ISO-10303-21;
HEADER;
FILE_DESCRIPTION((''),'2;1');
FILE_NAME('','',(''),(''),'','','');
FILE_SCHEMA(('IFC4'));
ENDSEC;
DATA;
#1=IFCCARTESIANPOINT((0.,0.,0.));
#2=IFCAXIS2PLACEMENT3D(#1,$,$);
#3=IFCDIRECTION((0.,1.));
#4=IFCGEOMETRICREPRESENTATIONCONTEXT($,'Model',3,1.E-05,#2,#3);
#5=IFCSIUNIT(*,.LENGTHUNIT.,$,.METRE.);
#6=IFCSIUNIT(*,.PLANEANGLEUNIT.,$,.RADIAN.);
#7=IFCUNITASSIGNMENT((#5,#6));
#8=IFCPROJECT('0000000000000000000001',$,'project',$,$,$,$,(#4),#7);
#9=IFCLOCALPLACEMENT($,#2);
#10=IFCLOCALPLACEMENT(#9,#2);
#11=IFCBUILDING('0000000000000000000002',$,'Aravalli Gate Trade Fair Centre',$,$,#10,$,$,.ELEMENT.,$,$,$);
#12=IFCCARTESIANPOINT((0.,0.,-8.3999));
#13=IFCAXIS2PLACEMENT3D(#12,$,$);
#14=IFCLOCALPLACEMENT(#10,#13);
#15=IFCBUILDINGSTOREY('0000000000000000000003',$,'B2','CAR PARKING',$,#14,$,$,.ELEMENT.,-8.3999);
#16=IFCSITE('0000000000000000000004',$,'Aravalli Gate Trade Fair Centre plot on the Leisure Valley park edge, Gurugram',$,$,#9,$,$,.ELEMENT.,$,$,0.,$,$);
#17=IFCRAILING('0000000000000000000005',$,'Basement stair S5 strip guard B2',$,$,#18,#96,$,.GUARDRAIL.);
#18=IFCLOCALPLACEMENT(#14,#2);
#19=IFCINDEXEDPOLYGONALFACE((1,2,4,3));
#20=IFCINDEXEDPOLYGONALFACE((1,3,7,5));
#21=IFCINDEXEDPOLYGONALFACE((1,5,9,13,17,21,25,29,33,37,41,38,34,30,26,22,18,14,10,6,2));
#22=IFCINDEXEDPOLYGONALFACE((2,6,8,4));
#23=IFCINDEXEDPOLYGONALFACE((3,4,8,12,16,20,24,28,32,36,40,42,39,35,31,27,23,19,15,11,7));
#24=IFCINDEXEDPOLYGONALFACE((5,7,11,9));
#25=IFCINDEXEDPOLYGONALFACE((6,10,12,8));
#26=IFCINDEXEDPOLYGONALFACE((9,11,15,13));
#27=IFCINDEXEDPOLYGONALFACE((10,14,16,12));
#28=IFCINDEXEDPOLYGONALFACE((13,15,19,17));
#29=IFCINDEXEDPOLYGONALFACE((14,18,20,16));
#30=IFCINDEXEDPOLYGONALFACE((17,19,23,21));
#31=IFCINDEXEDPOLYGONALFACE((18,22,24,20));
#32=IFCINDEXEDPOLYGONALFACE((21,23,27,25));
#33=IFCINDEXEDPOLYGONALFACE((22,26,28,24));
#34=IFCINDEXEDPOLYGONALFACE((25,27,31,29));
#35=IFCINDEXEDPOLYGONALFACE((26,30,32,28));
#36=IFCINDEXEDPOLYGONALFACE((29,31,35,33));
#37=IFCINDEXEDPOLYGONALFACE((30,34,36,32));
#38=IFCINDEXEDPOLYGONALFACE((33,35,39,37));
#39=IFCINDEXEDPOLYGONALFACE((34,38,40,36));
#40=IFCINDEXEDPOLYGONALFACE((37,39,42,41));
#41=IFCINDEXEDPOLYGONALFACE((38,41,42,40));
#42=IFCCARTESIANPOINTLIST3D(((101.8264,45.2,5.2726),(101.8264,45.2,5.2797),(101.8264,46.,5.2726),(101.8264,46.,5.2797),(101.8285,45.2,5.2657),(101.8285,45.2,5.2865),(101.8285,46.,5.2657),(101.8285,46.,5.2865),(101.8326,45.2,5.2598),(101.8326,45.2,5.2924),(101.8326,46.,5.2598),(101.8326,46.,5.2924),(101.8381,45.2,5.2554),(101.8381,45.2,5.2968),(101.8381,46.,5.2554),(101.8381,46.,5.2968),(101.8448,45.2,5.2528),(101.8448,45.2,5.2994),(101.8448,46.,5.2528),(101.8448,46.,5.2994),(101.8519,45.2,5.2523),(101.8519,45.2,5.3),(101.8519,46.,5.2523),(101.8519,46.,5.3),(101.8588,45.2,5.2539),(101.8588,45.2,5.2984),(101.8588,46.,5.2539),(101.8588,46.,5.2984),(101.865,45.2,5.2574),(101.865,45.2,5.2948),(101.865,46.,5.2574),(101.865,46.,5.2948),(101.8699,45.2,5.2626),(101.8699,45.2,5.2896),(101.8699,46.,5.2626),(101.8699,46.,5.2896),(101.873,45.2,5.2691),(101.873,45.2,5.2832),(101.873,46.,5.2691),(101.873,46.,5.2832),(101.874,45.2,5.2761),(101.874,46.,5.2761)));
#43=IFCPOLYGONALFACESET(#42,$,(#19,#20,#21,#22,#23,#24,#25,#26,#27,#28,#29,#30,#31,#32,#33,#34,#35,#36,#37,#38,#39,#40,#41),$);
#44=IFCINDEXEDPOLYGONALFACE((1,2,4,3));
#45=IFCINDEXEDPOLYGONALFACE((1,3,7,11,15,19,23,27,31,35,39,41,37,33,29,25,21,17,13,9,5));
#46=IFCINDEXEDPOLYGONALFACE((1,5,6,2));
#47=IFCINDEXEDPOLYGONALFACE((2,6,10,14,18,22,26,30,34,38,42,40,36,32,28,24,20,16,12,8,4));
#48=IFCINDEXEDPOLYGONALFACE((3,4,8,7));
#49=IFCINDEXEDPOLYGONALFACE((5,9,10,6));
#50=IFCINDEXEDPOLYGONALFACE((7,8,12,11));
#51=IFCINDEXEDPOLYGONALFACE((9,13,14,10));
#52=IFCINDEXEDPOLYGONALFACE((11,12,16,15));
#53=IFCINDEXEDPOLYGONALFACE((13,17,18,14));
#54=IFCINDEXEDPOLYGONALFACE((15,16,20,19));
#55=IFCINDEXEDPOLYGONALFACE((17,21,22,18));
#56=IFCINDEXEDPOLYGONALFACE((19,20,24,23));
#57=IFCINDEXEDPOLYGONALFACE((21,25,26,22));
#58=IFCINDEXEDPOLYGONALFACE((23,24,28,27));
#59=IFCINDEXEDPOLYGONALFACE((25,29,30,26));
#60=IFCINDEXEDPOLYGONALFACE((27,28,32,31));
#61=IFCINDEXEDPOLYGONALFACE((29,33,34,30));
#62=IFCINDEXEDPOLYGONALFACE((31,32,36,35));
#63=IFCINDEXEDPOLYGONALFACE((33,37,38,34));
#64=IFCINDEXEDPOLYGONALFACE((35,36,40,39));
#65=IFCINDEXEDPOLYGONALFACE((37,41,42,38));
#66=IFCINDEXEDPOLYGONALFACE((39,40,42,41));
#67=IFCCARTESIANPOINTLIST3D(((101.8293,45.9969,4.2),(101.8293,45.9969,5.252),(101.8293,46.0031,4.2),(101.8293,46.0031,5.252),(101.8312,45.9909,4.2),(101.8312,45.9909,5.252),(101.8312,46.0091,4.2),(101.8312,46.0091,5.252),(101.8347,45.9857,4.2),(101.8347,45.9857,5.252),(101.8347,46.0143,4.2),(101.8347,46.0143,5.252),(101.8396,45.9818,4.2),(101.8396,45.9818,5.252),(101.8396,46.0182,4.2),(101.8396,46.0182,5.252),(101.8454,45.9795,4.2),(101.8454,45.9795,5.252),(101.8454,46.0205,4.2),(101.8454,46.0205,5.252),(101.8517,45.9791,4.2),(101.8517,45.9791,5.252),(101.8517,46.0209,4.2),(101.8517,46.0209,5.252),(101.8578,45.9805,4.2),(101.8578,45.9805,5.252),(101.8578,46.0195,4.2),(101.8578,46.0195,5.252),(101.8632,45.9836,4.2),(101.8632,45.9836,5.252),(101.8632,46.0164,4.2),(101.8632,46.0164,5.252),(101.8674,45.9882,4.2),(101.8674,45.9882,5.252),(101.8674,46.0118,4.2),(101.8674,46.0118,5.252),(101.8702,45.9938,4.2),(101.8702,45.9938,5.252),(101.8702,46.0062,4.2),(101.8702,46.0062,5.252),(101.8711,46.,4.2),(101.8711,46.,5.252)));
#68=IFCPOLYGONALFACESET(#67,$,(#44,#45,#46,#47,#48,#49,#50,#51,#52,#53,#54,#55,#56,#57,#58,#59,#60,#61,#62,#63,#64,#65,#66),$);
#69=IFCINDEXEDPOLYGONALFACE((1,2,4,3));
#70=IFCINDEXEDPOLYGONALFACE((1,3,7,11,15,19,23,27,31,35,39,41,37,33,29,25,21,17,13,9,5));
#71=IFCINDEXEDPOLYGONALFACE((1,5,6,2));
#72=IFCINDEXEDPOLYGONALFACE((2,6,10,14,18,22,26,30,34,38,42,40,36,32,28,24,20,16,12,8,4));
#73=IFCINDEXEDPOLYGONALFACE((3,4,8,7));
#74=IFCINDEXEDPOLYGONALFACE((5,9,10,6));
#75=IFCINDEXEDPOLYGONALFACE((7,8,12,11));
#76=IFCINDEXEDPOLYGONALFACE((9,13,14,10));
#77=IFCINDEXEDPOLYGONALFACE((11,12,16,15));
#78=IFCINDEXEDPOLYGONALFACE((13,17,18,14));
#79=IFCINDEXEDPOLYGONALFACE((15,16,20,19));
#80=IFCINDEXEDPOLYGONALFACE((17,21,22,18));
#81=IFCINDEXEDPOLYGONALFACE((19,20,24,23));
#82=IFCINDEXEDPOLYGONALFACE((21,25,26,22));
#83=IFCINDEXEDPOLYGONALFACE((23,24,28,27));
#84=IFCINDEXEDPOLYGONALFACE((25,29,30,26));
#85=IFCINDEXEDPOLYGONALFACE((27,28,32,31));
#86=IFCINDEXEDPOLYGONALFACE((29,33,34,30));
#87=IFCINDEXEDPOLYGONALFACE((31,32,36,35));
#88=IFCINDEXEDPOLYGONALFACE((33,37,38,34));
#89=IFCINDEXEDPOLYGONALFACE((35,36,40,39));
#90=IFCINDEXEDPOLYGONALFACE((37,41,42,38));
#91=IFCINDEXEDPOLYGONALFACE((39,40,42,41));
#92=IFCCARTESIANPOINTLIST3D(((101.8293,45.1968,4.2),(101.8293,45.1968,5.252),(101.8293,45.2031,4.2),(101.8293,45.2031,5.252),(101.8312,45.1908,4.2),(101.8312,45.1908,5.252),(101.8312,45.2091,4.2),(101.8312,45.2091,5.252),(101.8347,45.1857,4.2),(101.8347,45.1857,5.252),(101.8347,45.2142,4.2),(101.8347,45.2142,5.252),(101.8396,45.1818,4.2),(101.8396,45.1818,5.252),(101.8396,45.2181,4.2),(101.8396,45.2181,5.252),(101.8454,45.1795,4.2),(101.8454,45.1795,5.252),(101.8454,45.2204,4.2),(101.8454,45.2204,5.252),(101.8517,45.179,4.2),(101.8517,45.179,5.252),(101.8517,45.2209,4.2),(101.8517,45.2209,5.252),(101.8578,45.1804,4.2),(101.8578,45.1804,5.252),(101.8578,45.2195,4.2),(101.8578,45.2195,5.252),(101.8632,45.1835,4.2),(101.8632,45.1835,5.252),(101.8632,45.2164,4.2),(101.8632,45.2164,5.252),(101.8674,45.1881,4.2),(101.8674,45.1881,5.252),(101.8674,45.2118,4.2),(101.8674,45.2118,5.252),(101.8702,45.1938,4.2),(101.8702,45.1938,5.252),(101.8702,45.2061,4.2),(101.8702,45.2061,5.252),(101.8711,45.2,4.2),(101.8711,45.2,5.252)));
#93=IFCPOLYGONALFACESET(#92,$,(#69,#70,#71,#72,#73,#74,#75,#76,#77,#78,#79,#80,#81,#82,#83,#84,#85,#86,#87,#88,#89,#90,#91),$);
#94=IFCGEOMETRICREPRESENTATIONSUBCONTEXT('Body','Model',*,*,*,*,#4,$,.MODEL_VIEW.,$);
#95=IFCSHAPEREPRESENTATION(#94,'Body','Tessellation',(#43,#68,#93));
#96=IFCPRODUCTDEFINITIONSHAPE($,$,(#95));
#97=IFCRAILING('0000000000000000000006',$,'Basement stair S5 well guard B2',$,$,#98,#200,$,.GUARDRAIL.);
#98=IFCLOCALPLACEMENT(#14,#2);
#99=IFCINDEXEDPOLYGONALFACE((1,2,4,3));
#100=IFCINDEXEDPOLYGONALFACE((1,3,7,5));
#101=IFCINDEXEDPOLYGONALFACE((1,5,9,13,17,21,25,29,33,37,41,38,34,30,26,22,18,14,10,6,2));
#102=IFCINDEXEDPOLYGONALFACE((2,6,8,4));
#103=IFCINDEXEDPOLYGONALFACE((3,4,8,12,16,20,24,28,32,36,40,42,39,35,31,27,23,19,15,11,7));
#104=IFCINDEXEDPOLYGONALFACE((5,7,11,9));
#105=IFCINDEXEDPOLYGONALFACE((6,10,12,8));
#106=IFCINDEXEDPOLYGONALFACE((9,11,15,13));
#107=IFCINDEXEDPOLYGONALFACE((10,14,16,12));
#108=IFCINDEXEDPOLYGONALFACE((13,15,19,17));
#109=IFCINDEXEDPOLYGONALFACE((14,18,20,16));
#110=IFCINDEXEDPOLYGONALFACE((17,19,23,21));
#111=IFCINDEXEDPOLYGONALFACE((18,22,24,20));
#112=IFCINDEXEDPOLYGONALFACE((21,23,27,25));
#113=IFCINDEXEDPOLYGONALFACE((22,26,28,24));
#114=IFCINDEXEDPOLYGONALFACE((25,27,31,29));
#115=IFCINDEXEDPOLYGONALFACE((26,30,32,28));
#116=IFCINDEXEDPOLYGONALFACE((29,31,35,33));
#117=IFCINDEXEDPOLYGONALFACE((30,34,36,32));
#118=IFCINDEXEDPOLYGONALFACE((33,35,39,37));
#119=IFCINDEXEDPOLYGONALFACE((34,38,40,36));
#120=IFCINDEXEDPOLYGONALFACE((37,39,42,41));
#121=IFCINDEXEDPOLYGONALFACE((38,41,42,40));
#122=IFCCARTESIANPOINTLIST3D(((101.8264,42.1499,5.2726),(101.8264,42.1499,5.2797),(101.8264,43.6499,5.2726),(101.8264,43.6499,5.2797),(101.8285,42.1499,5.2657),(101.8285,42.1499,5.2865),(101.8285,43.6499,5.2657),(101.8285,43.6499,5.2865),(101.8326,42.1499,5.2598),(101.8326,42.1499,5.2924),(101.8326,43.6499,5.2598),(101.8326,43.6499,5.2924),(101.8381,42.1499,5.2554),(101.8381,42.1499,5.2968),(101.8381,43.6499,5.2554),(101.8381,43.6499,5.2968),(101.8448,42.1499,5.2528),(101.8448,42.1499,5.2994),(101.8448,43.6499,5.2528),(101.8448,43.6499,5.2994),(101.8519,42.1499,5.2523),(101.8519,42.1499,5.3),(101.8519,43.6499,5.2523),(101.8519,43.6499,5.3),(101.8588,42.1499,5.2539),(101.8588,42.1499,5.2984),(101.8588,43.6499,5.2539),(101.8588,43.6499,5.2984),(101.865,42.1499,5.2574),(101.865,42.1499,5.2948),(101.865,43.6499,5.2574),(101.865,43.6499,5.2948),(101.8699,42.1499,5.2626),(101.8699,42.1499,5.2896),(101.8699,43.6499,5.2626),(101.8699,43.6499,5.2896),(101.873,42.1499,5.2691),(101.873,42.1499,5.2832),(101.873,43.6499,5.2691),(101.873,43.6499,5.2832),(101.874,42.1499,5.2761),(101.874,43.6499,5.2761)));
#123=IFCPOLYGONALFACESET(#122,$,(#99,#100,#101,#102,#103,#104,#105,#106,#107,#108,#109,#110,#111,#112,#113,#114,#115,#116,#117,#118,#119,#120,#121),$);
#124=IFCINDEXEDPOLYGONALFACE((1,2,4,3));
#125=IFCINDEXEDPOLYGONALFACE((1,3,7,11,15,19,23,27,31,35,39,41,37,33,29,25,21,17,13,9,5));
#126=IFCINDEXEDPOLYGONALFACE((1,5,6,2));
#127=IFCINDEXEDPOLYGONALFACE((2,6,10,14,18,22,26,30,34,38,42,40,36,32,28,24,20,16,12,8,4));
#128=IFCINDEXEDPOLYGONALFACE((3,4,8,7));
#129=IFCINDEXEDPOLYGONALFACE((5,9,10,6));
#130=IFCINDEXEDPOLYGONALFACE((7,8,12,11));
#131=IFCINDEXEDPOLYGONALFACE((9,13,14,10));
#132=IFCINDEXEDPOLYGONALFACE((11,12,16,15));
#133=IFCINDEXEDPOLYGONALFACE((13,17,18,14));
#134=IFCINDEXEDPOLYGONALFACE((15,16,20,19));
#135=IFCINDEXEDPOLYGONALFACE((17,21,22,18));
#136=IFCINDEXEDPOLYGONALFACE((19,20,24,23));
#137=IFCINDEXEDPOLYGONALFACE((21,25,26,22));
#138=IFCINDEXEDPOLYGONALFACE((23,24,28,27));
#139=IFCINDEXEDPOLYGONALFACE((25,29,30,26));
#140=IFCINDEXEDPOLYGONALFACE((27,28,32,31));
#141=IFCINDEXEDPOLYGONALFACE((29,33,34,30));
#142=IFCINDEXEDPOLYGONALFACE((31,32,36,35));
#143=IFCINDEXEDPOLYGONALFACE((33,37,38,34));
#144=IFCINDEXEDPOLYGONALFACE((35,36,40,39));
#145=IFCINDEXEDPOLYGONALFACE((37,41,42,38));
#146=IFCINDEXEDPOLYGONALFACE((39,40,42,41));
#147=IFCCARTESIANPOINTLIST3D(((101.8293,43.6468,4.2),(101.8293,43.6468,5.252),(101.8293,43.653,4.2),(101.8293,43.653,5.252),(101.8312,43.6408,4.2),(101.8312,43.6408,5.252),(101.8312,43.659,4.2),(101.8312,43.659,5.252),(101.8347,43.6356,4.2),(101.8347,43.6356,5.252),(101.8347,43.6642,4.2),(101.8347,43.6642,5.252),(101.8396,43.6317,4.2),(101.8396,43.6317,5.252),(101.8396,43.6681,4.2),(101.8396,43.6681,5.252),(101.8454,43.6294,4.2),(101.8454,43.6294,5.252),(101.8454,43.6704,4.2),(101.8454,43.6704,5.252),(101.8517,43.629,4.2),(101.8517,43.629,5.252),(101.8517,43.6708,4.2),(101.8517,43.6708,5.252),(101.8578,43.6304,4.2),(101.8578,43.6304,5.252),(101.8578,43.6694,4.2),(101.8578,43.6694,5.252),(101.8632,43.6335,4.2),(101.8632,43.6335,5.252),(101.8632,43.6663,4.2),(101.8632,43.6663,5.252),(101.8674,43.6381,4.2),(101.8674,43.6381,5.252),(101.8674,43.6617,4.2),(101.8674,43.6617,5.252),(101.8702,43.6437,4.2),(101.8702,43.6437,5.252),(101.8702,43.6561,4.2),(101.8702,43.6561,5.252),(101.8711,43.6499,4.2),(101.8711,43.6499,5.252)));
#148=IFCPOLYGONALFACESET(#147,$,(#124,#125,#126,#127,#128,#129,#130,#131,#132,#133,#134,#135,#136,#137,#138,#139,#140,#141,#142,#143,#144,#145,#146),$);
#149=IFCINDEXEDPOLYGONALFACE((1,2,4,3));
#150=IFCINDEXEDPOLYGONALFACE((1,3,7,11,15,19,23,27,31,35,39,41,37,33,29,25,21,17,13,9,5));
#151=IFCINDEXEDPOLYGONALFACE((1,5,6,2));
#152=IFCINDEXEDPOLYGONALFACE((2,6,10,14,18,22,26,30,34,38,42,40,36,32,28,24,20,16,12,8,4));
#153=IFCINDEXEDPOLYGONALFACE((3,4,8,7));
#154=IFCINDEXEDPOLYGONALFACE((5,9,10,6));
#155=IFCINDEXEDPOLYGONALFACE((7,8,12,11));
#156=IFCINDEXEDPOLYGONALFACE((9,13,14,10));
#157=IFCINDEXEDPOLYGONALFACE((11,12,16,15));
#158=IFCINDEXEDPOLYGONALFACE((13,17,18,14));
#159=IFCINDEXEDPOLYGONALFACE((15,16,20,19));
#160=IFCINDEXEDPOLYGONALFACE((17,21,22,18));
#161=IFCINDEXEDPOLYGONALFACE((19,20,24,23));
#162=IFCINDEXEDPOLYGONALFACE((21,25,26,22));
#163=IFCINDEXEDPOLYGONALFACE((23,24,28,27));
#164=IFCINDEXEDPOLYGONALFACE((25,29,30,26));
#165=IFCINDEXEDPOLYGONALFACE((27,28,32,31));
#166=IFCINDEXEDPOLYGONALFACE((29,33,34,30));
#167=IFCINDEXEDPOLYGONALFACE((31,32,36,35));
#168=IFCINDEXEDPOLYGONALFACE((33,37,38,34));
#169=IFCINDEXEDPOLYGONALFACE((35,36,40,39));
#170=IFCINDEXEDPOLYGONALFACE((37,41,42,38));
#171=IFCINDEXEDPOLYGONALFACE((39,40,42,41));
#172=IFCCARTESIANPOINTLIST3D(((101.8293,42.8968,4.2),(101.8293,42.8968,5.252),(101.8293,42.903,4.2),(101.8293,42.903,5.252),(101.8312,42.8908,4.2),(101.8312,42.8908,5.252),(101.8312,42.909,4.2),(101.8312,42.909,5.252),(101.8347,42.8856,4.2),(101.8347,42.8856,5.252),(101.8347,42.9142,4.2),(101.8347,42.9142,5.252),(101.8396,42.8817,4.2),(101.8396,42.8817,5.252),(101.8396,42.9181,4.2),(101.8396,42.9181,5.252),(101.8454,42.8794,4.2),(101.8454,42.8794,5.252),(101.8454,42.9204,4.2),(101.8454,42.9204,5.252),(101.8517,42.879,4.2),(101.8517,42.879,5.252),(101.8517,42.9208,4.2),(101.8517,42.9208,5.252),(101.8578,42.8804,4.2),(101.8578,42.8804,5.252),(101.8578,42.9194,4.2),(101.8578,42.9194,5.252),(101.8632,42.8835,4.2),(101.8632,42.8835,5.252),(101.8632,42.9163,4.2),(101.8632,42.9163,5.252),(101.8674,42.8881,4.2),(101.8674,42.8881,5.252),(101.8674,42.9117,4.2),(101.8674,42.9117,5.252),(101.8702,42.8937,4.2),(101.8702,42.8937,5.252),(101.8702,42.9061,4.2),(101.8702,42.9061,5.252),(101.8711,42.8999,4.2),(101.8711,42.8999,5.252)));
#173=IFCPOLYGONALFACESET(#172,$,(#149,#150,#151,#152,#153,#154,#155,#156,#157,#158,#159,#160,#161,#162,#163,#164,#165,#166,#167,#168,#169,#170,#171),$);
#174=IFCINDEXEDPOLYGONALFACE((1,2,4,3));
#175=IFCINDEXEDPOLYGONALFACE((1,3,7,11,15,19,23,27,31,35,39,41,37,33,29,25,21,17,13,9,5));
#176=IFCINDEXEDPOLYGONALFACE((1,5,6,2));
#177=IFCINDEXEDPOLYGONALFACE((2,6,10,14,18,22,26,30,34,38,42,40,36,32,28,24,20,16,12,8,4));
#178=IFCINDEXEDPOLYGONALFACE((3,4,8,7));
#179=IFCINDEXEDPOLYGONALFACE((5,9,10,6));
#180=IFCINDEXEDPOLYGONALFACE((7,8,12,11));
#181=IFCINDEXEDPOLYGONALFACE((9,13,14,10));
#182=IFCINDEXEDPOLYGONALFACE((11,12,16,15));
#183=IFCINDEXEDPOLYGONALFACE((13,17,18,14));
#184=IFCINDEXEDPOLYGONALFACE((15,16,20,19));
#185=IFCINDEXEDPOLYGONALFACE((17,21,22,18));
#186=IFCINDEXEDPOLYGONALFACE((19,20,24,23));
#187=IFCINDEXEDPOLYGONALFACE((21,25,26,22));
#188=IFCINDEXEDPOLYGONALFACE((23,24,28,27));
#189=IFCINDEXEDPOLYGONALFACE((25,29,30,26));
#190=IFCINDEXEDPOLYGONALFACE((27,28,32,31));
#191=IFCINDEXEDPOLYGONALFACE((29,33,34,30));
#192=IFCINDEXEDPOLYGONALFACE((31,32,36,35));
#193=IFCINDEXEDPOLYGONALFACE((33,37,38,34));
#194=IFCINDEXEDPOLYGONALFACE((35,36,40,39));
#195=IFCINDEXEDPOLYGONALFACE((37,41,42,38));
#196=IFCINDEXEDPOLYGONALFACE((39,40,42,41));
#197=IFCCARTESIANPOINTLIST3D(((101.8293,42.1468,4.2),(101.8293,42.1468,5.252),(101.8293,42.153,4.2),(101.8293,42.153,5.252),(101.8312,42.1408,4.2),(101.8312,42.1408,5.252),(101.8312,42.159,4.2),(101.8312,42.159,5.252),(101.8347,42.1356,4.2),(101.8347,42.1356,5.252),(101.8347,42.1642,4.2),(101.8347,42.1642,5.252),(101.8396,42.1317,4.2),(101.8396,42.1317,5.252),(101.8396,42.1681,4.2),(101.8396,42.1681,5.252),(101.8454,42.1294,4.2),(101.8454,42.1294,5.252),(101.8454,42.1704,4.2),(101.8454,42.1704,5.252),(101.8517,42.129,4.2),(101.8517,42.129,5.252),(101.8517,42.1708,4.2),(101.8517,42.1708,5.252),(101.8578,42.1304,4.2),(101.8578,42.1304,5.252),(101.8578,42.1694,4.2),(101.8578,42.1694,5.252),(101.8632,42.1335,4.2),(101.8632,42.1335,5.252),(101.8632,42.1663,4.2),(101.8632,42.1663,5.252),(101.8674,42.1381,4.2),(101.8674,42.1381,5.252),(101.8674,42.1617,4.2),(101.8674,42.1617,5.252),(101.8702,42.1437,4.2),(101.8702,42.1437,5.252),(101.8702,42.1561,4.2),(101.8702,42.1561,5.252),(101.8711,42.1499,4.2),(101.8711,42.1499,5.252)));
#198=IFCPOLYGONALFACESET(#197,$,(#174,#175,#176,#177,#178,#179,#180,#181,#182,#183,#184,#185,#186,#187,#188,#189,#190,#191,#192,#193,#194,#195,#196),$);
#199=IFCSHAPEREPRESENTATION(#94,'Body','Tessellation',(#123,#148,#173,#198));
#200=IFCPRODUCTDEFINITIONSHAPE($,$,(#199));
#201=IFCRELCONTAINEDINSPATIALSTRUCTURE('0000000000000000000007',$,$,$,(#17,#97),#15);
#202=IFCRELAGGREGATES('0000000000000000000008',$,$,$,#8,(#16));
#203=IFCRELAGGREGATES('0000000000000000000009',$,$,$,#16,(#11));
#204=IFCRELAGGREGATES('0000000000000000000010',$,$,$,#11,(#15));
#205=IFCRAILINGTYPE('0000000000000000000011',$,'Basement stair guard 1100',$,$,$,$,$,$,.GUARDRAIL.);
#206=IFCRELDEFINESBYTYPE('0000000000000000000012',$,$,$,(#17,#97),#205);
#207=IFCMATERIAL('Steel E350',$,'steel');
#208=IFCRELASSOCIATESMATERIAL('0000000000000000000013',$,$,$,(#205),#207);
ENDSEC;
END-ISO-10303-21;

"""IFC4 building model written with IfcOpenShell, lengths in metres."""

from ifc_helpers import new_model, si_unit, direction, frame, origin, origin_2d, place, context, subcontext, project, spatial, circle, extrude, material, type_object, element, save


model = new_model("IFC4")

# Units and contexts
model_context = context("Model", 3, precision=1e-05, world=origin(), true_north=direction((0.0, 1.0)))
body_context = subcontext(model_context, "Body", "Model", "MODEL_VIEW")
ifc_project = project(units=[si_unit("LENGTHUNIT", "METRE"), si_unit("PLANEANGLEUNIT", "RADIAN")], contexts=[model_context])

# Site, building, storey
site_placement = place(None, origin())
site = spatial("IfcSite", under=ifc_project, at=site_placement, Name="Aravalli Gate Trade Fair Centre plot on the Leisure Valley park edge, Gurugram", CompositionType="ELEMENT", RefElevation=0.0)
building_placement = place(site_placement, origin())
building = spatial("IfcBuilding", under=site, at=building_placement, Name="Aravalli Gate Trade Fair Centre", CompositionType="ELEMENT")
storey_placement = place(building_placement, frame((0.0, 0.0, -8.3999)))
storey = spatial("IfcBuildingStorey", under=building, at=storey_placement, Name="B2", Description="CAR PARKING", CompositionType="ELEMENT", Elevation=-8.3999)

# Railings
ifc_material_1 = material(Name="Steel E350", Category="steel")
railing_type_1 = type_object("IfcRailingType", Name="Basement stair guard 1100", PredefinedType="GUARDRAIL", material=ifc_material_1)
railing_1_placement = place(storey_placement, frame((101.8501, 46.0, 4.2)))
element("IfcRailing", 1, at=railing_1_placement, inside=storey, type_object=railing_type_1, Name="Basement stair S5 strip guard B2", PredefinedType="GUARDRAIL", context=body_context, shape_type="SweptSolid", body=[
    extrude(circle(Radius=0.0239, at=origin_2d()), frame((0.0, 0.0, 1.0762), z_axis=(0.0, -1.0, 0.0), x_axis=(1.0, 0.0, 0.0)), (0.0, 0.0, 1.0), 0.8),
    extrude(circle(Radius=0.021, at=origin_2d()), origin(), (0.0, 0.0, 1.0), 1.052),
    extrude(circle(Radius=0.021, at=origin_2d()), frame((0.0, -0.8, 0.0)), (0.0, 0.0, 1.0), 1.052),
])
railing_2_placement = place(storey_placement, frame((101.8501, 43.6499, 4.2)))
element("IfcRailing", 2, at=railing_2_placement, inside=storey, type_object=railing_type_1, Name="Basement stair S5 well guard B2", PredefinedType="GUARDRAIL", context=body_context, shape_type="SweptSolid", body=[
    extrude(circle(Radius=0.0239, at=origin_2d()), frame((0.0, 0.0, 1.0762), z_axis=(0.0, -1.0, 0.0), x_axis=(1.0, 0.0, 0.0)), (0.0, 0.0, 1.0), 1.5),
    extrude(circle(Radius=0.021, at=origin_2d()), origin(), (0.0, 0.0, 1.0), 1.052),
    extrude(circle(Radius=0.021, at=origin_2d()), frame((0.0, -0.75, 0.0)), (0.0, 0.0, 1.0), 1.052),
    extrude(circle(Radius=0.021, at=origin_2d()), frame((0.0, -1.5, 0.0)), (0.0, 0.0, 1.0), 1.052),
])

save(model, "model.ifc")
